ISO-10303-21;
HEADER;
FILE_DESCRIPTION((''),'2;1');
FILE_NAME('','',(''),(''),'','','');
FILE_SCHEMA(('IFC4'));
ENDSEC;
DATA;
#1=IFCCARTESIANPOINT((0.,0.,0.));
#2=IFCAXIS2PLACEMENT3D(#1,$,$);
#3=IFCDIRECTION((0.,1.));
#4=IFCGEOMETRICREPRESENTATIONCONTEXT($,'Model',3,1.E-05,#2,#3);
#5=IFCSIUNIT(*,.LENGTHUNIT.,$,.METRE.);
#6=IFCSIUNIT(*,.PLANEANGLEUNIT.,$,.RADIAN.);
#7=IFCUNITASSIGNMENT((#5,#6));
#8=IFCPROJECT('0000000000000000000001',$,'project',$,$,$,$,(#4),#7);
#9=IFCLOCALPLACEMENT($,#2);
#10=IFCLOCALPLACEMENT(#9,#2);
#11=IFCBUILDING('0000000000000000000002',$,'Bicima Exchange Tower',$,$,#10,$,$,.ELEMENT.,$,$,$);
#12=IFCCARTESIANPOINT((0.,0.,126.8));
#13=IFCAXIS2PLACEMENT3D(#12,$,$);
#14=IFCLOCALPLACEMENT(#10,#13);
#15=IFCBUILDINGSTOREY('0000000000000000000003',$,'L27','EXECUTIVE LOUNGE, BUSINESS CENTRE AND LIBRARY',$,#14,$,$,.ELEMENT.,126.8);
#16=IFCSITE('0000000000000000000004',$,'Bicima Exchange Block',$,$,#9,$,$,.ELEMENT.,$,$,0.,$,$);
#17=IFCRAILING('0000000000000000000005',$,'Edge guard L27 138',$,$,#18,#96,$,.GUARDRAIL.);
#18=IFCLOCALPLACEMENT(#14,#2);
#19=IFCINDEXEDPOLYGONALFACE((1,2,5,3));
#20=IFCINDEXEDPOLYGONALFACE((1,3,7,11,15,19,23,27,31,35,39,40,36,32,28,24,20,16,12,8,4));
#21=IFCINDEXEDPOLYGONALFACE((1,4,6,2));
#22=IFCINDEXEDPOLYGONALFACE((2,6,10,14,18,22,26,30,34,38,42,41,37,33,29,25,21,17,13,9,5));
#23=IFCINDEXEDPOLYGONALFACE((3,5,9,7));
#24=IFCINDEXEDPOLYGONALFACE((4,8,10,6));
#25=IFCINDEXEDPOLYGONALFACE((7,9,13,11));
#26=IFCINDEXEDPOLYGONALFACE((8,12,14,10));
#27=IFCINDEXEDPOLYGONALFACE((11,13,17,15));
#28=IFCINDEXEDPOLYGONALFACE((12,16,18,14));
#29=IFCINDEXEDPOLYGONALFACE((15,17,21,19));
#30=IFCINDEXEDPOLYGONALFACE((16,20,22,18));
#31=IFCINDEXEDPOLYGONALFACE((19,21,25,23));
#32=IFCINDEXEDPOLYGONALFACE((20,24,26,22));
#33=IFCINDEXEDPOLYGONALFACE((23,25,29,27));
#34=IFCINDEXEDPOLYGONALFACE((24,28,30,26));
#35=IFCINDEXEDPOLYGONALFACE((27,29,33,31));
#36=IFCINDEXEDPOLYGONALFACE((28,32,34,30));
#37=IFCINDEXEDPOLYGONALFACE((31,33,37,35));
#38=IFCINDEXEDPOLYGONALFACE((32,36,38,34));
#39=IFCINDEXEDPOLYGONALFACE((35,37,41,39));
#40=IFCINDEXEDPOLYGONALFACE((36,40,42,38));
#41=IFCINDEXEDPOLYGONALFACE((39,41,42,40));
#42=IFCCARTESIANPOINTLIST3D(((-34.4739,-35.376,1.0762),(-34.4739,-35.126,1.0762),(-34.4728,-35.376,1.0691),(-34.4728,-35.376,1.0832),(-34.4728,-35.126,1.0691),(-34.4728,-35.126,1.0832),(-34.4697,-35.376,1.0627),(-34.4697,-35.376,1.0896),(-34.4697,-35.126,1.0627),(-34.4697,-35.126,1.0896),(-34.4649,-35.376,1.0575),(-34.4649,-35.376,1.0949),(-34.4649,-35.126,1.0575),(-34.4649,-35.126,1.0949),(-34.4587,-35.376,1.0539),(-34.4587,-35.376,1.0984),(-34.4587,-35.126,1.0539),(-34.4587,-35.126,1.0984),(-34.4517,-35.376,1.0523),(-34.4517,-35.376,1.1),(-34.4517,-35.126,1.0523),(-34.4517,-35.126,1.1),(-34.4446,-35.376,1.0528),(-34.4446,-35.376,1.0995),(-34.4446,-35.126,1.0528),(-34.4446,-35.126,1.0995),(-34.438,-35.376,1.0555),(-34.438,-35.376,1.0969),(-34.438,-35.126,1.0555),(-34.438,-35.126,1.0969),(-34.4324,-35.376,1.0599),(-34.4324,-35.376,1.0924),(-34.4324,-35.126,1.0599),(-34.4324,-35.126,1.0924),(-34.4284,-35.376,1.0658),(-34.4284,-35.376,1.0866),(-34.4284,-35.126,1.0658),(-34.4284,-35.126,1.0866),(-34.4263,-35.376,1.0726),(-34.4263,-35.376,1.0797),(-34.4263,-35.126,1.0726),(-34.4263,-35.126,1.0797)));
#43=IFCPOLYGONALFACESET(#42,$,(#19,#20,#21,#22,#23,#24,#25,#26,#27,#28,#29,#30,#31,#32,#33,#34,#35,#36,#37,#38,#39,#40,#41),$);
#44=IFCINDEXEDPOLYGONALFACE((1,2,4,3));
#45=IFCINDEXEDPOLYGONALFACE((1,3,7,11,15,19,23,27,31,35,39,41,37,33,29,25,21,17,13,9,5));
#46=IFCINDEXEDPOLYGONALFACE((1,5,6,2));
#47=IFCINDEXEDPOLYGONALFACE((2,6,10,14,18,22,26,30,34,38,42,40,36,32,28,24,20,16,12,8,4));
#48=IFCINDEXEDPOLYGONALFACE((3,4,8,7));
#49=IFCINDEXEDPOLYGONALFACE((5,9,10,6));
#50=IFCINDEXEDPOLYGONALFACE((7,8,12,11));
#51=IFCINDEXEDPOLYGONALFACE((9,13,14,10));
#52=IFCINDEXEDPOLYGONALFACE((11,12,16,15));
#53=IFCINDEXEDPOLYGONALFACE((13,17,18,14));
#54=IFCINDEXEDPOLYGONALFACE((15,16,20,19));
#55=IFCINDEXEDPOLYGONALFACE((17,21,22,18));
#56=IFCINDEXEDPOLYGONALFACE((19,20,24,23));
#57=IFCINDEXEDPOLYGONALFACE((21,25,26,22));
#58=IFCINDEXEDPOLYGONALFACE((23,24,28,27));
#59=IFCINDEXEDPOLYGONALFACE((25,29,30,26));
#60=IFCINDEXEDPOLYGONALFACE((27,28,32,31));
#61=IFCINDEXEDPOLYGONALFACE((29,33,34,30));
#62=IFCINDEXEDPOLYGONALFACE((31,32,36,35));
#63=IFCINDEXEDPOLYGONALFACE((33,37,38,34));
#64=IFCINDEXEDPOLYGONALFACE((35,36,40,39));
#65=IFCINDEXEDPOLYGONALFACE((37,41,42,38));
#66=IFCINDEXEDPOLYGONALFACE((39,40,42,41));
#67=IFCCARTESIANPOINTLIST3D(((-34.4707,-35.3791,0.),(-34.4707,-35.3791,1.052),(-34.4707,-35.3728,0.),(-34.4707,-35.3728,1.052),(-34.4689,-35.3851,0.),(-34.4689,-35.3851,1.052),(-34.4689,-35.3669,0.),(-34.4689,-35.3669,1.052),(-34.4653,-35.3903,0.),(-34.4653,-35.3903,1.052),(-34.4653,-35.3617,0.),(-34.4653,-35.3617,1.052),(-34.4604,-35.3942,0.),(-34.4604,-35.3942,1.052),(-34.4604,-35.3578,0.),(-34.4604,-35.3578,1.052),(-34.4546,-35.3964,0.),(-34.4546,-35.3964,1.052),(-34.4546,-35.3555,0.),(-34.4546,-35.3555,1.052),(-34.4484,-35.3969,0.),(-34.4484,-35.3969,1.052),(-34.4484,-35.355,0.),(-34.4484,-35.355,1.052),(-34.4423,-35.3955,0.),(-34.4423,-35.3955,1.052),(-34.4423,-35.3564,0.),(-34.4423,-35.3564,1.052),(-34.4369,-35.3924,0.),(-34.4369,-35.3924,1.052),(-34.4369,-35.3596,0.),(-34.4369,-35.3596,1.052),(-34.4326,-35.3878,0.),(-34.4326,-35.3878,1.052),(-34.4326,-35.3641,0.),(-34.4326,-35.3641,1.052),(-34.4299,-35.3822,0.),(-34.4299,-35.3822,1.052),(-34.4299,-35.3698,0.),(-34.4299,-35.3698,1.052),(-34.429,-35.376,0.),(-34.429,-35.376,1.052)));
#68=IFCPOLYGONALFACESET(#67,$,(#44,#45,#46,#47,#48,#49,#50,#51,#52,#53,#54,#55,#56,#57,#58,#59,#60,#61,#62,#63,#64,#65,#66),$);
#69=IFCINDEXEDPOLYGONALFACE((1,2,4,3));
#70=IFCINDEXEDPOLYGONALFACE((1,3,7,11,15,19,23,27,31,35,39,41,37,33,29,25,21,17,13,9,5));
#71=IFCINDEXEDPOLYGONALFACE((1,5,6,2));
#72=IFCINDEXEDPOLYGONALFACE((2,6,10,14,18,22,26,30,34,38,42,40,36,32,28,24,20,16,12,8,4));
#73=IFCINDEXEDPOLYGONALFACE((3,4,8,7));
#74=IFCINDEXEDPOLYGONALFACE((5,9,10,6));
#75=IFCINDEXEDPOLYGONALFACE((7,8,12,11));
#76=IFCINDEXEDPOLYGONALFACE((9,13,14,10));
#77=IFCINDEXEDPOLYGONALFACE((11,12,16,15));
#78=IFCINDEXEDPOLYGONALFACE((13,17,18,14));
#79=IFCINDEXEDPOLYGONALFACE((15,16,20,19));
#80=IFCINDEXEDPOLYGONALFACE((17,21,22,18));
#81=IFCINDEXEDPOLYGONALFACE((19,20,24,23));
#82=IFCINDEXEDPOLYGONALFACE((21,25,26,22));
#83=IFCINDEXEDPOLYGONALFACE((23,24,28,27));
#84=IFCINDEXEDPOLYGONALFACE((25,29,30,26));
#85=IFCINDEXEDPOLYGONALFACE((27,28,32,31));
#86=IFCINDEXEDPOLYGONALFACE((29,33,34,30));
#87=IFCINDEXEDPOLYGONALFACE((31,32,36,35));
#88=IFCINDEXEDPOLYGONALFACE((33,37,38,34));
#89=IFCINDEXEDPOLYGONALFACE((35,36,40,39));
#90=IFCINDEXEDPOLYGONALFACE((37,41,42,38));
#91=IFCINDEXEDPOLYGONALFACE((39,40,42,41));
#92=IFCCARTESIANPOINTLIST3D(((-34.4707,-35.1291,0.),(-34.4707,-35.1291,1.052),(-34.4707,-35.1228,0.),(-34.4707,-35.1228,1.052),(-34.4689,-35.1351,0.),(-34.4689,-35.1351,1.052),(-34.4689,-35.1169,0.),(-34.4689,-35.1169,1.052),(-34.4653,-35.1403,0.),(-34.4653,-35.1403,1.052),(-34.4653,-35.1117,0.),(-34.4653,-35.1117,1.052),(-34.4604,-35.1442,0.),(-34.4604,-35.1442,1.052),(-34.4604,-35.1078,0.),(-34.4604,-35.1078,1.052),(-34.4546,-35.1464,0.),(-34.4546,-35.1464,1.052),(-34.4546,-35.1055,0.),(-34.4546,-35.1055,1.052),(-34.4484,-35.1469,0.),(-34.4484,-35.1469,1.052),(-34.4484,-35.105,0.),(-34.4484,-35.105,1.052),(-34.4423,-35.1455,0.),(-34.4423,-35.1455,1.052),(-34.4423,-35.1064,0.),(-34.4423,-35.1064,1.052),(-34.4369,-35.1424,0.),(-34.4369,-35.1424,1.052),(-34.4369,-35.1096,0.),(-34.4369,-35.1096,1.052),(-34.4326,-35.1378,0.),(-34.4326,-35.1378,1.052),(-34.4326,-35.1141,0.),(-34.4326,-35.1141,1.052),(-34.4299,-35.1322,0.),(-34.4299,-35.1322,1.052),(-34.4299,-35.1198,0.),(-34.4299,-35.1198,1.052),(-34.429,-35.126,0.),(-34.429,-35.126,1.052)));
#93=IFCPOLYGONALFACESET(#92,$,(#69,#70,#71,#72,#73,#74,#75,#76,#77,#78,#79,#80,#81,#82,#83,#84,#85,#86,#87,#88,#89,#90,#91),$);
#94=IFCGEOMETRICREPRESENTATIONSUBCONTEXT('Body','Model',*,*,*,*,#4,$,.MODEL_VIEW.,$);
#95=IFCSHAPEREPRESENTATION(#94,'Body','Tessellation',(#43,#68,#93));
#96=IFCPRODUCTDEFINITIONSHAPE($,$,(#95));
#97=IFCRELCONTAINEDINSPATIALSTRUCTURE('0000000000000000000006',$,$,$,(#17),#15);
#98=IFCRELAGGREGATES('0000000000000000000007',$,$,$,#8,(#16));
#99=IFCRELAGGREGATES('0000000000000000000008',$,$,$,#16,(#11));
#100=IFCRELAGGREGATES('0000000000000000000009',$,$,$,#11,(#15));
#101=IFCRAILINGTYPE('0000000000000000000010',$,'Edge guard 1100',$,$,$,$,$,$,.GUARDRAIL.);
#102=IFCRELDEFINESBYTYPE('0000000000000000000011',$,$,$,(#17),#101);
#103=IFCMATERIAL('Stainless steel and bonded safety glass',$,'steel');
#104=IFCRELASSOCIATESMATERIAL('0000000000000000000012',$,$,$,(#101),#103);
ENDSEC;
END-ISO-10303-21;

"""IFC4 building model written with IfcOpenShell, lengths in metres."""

from ifc_helpers import new_model, si_unit, direction, frame, origin, origin_2d, place, context, subcontext, project, spatial, circle, extrude, material, type_object, element, save


model = new_model("IFC4")

# Units and contexts
model_context = context("Model", 3, precision=1e-05, world=origin(), true_north=direction((0.0, 1.0)))
body_context = subcontext(model_context, "Body", "Model", "MODEL_VIEW")
ifc_project = project(units=[si_unit("LENGTHUNIT", "METRE"), si_unit("PLANEANGLEUNIT", "RADIAN")], contexts=[model_context])

# Site, building, storey
site_placement = place(None, origin())
site = spatial("IfcSite", under=ifc_project, at=site_placement, Name="Bicima Exchange Block", CompositionType="ELEMENT", RefElevation=0.0)
building_placement = place(site_placement, origin())
building = spatial("IfcBuilding", under=site, at=building_placement, Name="Bicima Exchange Tower", CompositionType="ELEMENT")
storey_placement = place(building_placement, frame((0.0, 0.0, 126.8)))
storey = spatial("IfcBuildingStorey", under=building, at=storey_placement, Name="L27", Description="EXECUTIVE LOUNGE, BUSINESS CENTRE AND LIBRARY", CompositionType="ELEMENT", Elevation=126.8)

# Railing
ifc_material_1 = material(Name="Stainless steel and bonded safety glass", Category="steel")
railing_type = type_object("IfcRailingType", Name="Edge guard 1100", PredefinedType="GUARDRAIL", material=ifc_material_1)
railing_1_placement = place(storey_placement, frame((-34.45, -35.376, 0.0)))
element("IfcRailing", 1, at=railing_1_placement, inside=storey, type_object=railing_type, Name="Edge guard L27 138", PredefinedType="GUARDRAIL", context=body_context, shape_type="SweptSolid", body=[
    extrude(circle(Radius=0.0239, at=origin_2d()), frame((0.0, 0.0, 1.0762), z_axis=(0.0, 1.0, 0.0), x_axis=(-1.0, 0.0, 0.0)), (0.0, 0.0, 1.0), 0.25),
    extrude(circle(Radius=0.021, at=origin_2d()), origin(), (0.0, 0.0, 1.0), 1.052),
    extrude(circle(Radius=0.021, at=origin_2d()), frame((0.0, 0.25, 0.0)), (0.0, 0.0, 1.0), 1.052),
])

save(model, "model.ifc")
